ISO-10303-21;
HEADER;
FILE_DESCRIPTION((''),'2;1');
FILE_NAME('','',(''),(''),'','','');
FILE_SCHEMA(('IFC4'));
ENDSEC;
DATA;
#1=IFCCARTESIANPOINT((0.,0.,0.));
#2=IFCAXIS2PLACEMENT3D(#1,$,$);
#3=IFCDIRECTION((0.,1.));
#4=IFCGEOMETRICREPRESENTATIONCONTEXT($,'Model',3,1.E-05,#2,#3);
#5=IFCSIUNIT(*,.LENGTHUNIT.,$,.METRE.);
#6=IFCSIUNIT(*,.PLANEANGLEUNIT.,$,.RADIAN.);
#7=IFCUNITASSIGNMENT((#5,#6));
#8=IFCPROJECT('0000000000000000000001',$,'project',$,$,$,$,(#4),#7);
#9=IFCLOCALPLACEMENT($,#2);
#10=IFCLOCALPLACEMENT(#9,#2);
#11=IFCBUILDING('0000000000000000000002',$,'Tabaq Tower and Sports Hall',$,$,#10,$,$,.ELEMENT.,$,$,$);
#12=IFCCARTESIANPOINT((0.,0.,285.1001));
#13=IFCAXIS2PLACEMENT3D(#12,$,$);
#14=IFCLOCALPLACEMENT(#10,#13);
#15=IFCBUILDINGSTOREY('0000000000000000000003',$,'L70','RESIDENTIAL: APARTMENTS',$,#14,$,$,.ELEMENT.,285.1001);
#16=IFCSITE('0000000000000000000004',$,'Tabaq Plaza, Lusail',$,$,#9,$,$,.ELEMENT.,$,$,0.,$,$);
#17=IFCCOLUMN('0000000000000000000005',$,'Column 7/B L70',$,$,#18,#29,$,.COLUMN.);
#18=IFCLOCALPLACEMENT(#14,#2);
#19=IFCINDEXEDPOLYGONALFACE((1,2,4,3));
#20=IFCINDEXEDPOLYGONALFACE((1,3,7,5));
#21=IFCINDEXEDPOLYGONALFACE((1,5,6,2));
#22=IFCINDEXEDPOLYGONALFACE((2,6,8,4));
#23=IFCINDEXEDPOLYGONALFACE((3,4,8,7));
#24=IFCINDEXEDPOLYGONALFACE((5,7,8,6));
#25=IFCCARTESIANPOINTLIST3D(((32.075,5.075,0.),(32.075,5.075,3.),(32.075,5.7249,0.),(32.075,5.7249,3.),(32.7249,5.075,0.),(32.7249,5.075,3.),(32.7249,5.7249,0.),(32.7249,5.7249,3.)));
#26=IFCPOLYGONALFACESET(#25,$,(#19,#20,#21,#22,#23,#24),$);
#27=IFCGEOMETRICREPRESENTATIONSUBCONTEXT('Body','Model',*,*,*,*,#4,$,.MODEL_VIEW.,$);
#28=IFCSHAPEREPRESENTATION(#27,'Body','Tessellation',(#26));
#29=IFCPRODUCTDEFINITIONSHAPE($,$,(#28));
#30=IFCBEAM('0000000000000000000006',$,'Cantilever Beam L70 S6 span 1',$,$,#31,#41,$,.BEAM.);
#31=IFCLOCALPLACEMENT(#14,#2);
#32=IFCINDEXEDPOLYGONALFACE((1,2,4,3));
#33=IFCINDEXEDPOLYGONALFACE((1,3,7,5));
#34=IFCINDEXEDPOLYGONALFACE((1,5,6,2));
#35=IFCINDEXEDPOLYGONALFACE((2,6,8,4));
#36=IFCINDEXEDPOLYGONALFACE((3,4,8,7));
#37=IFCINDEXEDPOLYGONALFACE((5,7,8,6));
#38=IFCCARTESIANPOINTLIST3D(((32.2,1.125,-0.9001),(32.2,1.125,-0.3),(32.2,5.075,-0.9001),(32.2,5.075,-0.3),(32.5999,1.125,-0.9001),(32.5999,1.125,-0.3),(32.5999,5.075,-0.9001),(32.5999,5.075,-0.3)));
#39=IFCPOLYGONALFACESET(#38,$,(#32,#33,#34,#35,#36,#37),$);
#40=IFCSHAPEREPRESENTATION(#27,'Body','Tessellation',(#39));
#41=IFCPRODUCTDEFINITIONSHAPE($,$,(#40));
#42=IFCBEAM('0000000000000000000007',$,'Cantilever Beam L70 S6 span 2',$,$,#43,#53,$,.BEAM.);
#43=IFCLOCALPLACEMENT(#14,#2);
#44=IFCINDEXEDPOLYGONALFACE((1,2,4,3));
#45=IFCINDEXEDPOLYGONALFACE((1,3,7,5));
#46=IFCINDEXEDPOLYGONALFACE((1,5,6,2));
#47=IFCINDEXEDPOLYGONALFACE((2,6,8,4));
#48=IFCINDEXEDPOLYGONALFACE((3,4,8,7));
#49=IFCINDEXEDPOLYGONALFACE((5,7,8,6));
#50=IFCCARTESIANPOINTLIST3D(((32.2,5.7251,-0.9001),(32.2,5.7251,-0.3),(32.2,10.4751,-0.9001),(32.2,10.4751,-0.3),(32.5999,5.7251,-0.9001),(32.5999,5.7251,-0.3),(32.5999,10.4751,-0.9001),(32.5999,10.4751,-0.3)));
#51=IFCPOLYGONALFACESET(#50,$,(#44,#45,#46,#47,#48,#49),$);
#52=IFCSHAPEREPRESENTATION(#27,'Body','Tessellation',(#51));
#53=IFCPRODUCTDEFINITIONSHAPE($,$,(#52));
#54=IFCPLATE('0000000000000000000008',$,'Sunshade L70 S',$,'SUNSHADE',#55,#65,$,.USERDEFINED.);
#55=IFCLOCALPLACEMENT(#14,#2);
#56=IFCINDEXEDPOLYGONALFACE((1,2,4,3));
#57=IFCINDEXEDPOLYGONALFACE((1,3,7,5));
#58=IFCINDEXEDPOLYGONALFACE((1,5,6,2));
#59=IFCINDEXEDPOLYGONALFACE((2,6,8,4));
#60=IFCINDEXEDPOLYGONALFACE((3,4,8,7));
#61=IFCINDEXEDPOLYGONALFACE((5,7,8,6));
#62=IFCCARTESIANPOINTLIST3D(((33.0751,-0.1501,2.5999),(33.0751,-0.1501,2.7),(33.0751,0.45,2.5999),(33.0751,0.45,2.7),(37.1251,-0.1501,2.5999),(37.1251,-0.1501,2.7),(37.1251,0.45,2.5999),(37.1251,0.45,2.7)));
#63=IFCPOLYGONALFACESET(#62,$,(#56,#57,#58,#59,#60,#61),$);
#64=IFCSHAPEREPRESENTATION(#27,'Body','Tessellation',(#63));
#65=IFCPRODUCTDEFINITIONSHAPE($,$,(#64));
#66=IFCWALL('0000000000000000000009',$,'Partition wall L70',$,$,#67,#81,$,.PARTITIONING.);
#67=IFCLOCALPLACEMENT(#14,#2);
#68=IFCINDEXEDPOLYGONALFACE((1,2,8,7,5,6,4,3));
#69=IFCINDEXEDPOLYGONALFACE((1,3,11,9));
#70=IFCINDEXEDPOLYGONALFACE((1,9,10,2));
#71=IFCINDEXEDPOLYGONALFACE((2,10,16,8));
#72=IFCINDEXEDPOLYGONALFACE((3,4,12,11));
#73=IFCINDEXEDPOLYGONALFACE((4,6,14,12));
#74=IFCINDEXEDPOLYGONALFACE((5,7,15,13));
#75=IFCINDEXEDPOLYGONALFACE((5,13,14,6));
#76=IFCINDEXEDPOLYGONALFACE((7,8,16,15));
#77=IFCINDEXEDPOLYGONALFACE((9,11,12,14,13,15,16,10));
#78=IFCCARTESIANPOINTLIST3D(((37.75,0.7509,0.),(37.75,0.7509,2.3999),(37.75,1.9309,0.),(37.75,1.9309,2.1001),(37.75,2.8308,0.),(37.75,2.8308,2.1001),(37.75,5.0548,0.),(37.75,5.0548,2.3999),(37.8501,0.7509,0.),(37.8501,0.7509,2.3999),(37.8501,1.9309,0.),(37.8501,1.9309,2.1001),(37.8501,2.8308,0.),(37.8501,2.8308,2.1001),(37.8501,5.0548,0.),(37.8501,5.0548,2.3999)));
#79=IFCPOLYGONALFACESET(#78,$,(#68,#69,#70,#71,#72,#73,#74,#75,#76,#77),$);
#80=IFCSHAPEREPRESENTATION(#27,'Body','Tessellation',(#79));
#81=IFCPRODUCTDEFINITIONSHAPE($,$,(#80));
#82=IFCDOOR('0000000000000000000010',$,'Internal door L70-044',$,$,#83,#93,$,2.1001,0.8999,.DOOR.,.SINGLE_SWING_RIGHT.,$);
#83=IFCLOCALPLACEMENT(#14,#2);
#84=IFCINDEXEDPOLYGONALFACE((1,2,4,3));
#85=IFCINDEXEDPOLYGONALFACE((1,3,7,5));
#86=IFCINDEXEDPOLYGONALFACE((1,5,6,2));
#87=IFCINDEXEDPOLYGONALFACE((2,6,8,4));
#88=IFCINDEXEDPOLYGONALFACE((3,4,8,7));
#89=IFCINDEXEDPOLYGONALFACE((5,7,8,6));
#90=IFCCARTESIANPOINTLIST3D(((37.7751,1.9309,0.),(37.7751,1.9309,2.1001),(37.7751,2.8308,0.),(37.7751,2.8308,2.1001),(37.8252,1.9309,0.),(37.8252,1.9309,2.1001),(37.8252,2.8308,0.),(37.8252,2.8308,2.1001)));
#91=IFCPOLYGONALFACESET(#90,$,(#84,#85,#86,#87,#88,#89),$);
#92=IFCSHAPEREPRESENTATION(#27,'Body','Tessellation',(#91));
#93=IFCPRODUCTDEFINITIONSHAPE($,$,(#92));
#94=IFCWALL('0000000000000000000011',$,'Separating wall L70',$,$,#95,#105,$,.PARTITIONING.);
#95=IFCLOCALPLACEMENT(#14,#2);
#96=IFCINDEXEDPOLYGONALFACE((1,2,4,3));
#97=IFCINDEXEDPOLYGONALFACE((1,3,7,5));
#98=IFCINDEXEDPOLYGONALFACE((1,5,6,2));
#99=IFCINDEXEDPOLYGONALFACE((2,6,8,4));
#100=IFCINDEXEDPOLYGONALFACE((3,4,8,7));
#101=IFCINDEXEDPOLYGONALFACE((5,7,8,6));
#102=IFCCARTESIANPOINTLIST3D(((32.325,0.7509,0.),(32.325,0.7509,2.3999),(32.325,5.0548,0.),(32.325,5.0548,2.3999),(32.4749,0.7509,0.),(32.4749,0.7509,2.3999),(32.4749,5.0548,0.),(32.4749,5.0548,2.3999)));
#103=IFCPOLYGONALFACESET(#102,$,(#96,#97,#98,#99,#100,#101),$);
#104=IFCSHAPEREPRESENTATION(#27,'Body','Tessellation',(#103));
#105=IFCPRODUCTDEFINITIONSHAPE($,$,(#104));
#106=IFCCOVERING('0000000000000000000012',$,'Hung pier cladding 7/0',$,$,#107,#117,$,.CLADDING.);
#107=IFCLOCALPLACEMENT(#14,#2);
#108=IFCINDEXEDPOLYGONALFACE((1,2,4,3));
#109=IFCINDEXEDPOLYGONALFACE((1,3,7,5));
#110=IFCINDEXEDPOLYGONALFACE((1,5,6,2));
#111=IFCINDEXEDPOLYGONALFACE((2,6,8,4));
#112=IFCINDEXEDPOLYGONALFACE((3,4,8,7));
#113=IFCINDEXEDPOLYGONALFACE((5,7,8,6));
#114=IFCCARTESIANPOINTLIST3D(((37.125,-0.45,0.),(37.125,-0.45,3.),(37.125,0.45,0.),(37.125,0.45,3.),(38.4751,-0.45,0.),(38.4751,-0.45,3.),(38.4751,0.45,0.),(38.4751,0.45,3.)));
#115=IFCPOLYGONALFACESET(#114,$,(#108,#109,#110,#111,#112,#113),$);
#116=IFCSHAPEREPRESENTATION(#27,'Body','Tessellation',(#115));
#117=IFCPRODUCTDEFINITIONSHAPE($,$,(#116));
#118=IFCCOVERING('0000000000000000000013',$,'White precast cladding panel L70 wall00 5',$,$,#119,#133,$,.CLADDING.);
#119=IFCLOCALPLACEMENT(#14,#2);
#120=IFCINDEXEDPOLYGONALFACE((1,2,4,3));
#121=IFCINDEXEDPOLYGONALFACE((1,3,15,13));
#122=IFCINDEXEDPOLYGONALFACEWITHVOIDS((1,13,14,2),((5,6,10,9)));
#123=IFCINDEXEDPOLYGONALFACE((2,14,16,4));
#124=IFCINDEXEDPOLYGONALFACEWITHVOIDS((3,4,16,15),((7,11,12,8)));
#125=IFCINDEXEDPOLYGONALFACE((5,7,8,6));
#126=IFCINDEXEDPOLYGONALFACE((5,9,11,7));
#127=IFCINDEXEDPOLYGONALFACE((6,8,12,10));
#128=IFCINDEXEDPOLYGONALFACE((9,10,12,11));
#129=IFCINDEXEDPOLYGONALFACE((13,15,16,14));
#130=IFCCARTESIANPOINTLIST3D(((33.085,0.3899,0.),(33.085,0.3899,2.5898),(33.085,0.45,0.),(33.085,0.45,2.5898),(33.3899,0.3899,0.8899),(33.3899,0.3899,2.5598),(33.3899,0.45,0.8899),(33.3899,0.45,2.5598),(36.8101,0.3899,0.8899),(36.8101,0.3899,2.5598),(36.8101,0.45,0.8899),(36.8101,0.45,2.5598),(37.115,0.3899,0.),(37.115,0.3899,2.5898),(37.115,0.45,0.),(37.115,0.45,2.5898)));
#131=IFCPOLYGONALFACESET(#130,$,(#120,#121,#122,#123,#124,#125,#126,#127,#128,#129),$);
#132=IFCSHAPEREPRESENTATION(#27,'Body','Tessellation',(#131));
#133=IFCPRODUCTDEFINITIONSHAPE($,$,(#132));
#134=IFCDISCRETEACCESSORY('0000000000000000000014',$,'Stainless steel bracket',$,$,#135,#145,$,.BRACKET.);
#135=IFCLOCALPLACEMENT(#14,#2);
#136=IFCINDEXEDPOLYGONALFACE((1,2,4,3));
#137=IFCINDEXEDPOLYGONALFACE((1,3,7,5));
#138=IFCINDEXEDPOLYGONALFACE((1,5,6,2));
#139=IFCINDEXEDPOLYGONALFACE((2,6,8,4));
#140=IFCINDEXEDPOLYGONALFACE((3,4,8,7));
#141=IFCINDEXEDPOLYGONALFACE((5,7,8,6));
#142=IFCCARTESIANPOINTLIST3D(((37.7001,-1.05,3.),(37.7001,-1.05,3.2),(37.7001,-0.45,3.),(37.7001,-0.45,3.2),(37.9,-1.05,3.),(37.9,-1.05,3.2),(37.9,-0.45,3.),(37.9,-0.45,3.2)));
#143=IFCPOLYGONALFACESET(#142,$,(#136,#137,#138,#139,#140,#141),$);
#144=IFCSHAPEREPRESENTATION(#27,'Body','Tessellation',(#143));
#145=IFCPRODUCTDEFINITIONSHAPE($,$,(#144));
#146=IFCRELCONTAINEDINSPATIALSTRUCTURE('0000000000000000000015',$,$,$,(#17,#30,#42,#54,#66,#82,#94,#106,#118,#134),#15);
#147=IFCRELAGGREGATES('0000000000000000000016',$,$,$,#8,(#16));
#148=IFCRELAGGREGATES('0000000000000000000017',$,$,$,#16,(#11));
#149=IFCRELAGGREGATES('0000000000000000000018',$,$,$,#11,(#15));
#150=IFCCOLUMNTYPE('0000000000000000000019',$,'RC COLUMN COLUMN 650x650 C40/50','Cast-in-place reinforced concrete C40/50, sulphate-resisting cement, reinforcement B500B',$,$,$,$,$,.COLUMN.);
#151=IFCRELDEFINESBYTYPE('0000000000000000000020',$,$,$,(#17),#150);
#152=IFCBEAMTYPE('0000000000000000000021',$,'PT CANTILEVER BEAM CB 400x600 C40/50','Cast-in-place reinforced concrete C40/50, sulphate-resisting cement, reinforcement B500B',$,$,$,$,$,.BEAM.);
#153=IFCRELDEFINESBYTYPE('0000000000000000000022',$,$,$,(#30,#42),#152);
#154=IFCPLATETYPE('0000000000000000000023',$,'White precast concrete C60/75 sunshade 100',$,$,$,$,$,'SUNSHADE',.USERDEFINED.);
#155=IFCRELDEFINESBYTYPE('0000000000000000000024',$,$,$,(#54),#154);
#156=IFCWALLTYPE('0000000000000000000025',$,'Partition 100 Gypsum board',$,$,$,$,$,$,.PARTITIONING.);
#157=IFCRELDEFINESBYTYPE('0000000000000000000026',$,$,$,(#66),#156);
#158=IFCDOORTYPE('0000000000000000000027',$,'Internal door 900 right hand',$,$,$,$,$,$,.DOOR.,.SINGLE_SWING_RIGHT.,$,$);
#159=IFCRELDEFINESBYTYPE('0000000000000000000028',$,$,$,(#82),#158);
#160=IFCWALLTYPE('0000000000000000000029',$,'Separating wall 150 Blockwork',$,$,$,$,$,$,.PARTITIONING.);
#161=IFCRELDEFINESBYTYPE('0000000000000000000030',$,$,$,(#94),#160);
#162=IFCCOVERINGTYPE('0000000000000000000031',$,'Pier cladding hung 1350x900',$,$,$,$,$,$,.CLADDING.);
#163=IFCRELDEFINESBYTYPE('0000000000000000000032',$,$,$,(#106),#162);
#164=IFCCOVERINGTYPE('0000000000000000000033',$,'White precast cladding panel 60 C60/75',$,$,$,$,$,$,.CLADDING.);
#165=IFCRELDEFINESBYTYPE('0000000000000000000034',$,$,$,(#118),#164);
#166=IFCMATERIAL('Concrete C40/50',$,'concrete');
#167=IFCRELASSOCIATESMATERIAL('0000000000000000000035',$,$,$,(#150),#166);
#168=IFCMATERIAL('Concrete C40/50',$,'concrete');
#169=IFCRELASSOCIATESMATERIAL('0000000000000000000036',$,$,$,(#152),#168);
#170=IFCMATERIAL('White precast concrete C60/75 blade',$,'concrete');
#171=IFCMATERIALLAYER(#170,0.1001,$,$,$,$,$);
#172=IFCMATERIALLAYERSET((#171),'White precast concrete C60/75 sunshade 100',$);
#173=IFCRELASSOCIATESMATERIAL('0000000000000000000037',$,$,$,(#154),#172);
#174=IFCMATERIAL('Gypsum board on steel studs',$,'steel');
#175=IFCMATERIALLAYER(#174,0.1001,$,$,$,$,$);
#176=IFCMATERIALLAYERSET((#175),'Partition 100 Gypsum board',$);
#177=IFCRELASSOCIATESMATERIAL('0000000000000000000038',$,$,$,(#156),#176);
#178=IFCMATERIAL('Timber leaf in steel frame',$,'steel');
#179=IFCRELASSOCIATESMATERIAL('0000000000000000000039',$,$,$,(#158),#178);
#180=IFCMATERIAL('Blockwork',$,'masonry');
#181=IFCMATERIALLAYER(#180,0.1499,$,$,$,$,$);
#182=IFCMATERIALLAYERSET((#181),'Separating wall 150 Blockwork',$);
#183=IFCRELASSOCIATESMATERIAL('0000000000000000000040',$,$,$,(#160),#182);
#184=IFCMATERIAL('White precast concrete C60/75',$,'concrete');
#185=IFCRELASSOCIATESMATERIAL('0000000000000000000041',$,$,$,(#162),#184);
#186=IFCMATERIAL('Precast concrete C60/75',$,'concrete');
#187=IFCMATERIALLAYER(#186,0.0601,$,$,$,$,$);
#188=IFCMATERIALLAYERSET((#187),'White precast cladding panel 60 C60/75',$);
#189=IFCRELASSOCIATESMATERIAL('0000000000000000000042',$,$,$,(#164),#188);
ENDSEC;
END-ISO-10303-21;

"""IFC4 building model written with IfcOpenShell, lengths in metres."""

from ifc_helpers import new_model, si_unit, direction, frame, frame_2d, origin, origin_2d, place, context, subcontext, project, spatial, polyline, rectangle, outline, extrude, material, layer, layer_set, material_profile, profile_set, type_object, element, fill, save


model = new_model("IFC4")

# Units and contexts
model_context = context("Model", 3, precision=1e-05, world=origin(), true_north=direction((0.0, 1.0)))
body_context = subcontext(model_context, "Body", "Model", "MODEL_VIEW")
ifc_project = project(units=[si_unit("LENGTHUNIT", "METRE"), si_unit("PLANEANGLEUNIT", "RADIAN")], contexts=[model_context])

# Site, building, storey
site_placement = place(None, origin())
site = spatial("IfcSite", under=ifc_project, at=site_placement, Name="Tabaq Plaza, Lusail", CompositionType="ELEMENT", RefElevation=0.0)
building_placement = place(site_placement, origin())
building = spatial("IfcBuilding", under=site, at=building_placement, Name="Tabaq Tower and Sports Hall", CompositionType="ELEMENT")
storey_placement = place(building_placement, frame((0.0, 0.0, 285.1001)))
storey = spatial("IfcBuildingStorey", under=building, at=storey_placement, Name="L70", Description="RESIDENTIAL: APARTMENTS", CompositionType="ELEMENT", Elevation=285.1001)

# Column
ifc_material_1 = material(Name="Concrete C40/50", Category="concrete")
ifc_material_profile_1 = material_profile(ifc_material_1, rectangle(XDim=0.6499, YDim=0.6499, at=origin_2d()), Name="COLUMN 650x650")
ifc_profile_set_1 = profile_set([ifc_material_profile_1], Name="Concrete C40/50")
column_type = type_object("IfcColumnType", Name="RC COLUMN COLUMN 650x650 C40/50", Description="Cast-in-place reinforced concrete C40/50, sulphate-resisting cement, reinforcement B500B", PredefinedType="COLUMN", material=ifc_profile_set_1)
column_placement = place(storey_placement, frame((32.3999, 5.3999, 0.0), z_axis=(0.0, 0.0, 1.0), x_axis=(1.0, 0.0, 0.0)))
element("IfcColumn", 1, at=column_placement, inside=storey, type_object=column_type, Name="Column 7/B L70", PredefinedType="COLUMN", context=body_context, shape_type="SweptSolid", body=[
    extrude(rectangle(XDim=0.6499, YDim=0.6499, at=origin_2d()), origin(), (0.0, 0.0, 1.0), 3.0),
])

# Beams
ifc_material_2 = material(Name="Concrete C40/50", Category="concrete")
ifc_material_profile_2 = material_profile(ifc_material_2, rectangle(XDim=0.3999, YDim=0.6001, at=origin_2d()), Name="CB 400x600")
ifc_profile_set_2 = profile_set([ifc_material_profile_2], Name="Concrete C40/50")
beam_type = type_object("IfcBeamType", Name="PT CANTILEVER BEAM CB 400x600 C40/50", Description="Cast-in-place reinforced concrete C40/50, sulphate-resisting cement, reinforcement B500B", PredefinedType="BEAM", material=ifc_profile_set_2)
beam_1_placement = place(storey_placement, frame((32.3999, 1.125, -0.6001), z_axis=(0.0, 1.0, 0.0), x_axis=(-1.0, 0.0, 0.0)))
element("IfcBeam", 2, at=beam_1_placement, inside=storey, type_object=beam_type, Name="Cantilever Beam L70 S6 span 1", PredefinedType="BEAM", context=body_context, shape_type="SweptSolid", body=[
    extrude(rectangle(XDim=0.3999, YDim=0.6001, at=origin_2d()), origin(), (0.0, 0.0, 1.0), 3.95),
])
beam_2_placement = place(storey_placement, frame((32.3999, 5.7251, -0.6001), z_axis=(0.0, 1.0, 0.0), x_axis=(-1.0, 0.0, 0.0)))
element("IfcBeam", 3, at=beam_2_placement, inside=storey, type_object=beam_type, Name="Cantilever Beam L70 S6 span 2", PredefinedType="BEAM", context=body_context, shape_type="SweptSolid", body=[
    extrude(rectangle(XDim=0.3999, YDim=0.6001, at=origin_2d()), origin(), (0.0, 0.0, 1.0), 4.75),
])

# Plate
ifc_material_3 = material(Name="White precast concrete C60/75 blade", Category="concrete")
ifc_layer_1 = layer(ifc_material_3, 0.1001)
ifc_layer_set_1 = layer_set([ifc_layer_1], Name="White precast concrete C60/75 sunshade 100")
plate_type = type_object("IfcPlateType", Name="White precast concrete C60/75 sunshade 100", ElementType="SUNSHADE", PredefinedType="USERDEFINED", material=ifc_layer_set_1)
plate_placement = place(storey_placement, frame((35.1001, 0.1499, 2.5999), z_axis=(0.0, 0.0, 1.0), x_axis=(1.0, 0.0, 0.0)))
element("IfcPlate", 4, at=plate_placement, inside=storey, type_object=plate_type, Name="Sunshade L70 S", ObjectType="SUNSHADE", PredefinedType="USERDEFINED", context=body_context, shape_type="SweptSolid", body=[
    extrude(rectangle(XDim=4.05, YDim=0.6001, at=origin_2d()), origin(), (0.0, 0.0, 1.0), 0.1001),
])

# Shared definitions
ifc_material_4 = material(Name="Gypsum board on steel studs", Category="steel")
ifc_layer_2 = layer(ifc_material_4, 0.1001)
ifc_layer_set_2 = layer_set([ifc_layer_2], Name="Partition 100 Gypsum board")
wall_type_1 = type_object("IfcWallType", Name="Partition 100 Gypsum board", PredefinedType="PARTITIONING", material=ifc_layer_set_2)
ifc_material_5 = material(Name="Timber leaf in steel frame", Category="steel")
door_type_1 = type_object("IfcDoorType", Name="Internal door 900 right hand", OperationType="SINGLE_SWING_RIGHT", PredefinedType="DOOR", material=ifc_material_5)

# Wall, opening, door
wall_1_placement = place(storey_placement, frame((37.8, 0.751, 0.0), z_axis=(0.0, 0.0, 1.0), x_axis=(0.0, 1.0, 0.0)))
wall_1 = element("IfcWall", 5, at=wall_1_placement, inside=storey, type_object=wall_type_1, Name="Partition wall L70", PredefinedType="PARTITIONING", context=body_context, shape_type="SweptSolid", body=[
    extrude(rectangle(XDim=4.304, YDim=0.1001, at=frame_2d((2.1519, 0.0))), origin(), (0.0, 0.0, 1.0), 2.3999),
])
opening_1_placement = place(wall_1_placement, frame((1.1799, 0.0, 0.0)))
opening_1 = element("IfcOpeningElement", 6, at=opening_1_placement, cuts=wall_1, PredefinedType="OPENING", context=body_context, shape_type="SweptSolid", body=[
    extrude(rectangle(XDim=0.8999, YDim=2.1001, at=frame_2d((0.45, 1.05))), frame((0.0, 0.05, 0.0), z_axis=(0.0, -1.0, 0.0), x_axis=(1.0, 0.0, 0.0)), (0.0, 0.0, 1.0), 0.1001),
])
door_1_placement = place(opening_1_placement, origin())
door_1 = element("IfcDoor", 7, at=door_1_placement, inside=storey, type_object=door_type_1, Name="Internal door L70-044", OperationType="SINGLE_SWING_RIGHT", OverallHeight=2.1001, OverallWidth=0.8999, PredefinedType="DOOR", context=body_context, shape_type="SweptSolid", body=[
    extrude(rectangle(XDim=0.8999, YDim=2.1001, at=frame_2d((0.45, 1.05))), frame((0.0, 0.0249, 0.0), z_axis=(0.0, -1.0, 0.0), x_axis=(1.0, 0.0, 0.0)), (0.0, 0.0, 1.0), 0.05),
])
fill(opening_1, door_1)

# Wall
ifc_material_6 = material(Name="Blockwork", Category="masonry")
ifc_layer_3 = layer(ifc_material_6, 0.1499)
ifc_layer_set_3 = layer_set([ifc_layer_3], Name="Separating wall 150 Blockwork")
wall_type_2 = type_object("IfcWallType", Name="Separating wall 150 Blockwork", PredefinedType="PARTITIONING", material=ifc_layer_set_3)
wall_2_placement = place(storey_placement, frame((32.3999, 0.751, 0.0), z_axis=(0.0, 0.0, 1.0), x_axis=(0.0, 1.0, 0.0)))
element("IfcWall", 8, at=wall_2_placement, inside=storey, type_object=wall_type_2, Name="Separating wall L70", PredefinedType="PARTITIONING", context=body_context, shape_type="SweptSolid", body=[
    extrude(rectangle(XDim=4.304, YDim=0.1499, at=frame_2d((2.1519, 0.0))), origin(), (0.0, 0.0, 1.0), 2.3999),
])

# Coverings
ifc_material_7 = material(Name="White precast concrete C60/75", Category="concrete")
covering_type_1 = type_object("IfcCoveringType", Name="Pier cladding hung 1350x900", PredefinedType="CLADDING", material=ifc_material_7)
covering_1_placement = place(storey_placement, frame((37.125, 0.0, 0.0), z_axis=(0.0, 0.0, 1.0), x_axis=(1.0, 0.0, 0.0)))
element("IfcCovering", 9, at=covering_1_placement, inside=storey, type_object=covering_type_1, Name="Hung pier cladding 7/0", PredefinedType="CLADDING", context=body_context, shape_type="SweptSolid", body=[
    extrude(rectangle(XDim=1.3501, YDim=0.8999, at=frame_2d((0.675, 0.0))), origin(), (0.0, 0.0, 1.0), 3.0),
])
ifc_material_8 = material(Name="Precast concrete C60/75", Category="concrete")
ifc_layer_4 = layer(ifc_material_8, 0.0601)
ifc_layer_set_4 = layer_set([ifc_layer_4], Name="White precast cladding panel 60 C60/75")
covering_type_2 = type_object("IfcCoveringType", Name="White precast cladding panel 60 C60/75", PredefinedType="CLADDING", material=ifc_layer_set_4)
covering_2_placement = place(storey_placement, frame((33.085, 0.4199, 0.0), z_axis=(0.0, 0.0, 1.0), x_axis=(1.0, 0.0, 0.0)))
element("IfcCovering", 10, at=covering_2_placement, inside=storey, type_object=covering_type_2, Name="White precast cladding panel L70 wall00 5", PredefinedType="CLADDING", context=body_context, shape_type="SweptSolid", body=[
    extrude(outline(polyline([(0.0, 0.0), (4.03, 0.0), (4.03, 2.5898), (0.0, 2.5898), (0.0, 0.0)]), holes=[polyline([(3.7251, 0.8899), (0.3049, 0.8899), (0.3049, 2.5598), (3.7251, 2.5598), (3.7251, 0.8899)])]), frame((0.0, 0.03, 0.0), z_axis=(0.0, -1.0, 0.0), x_axis=(1.0, 0.0, 0.0)), (0.0, 0.0, 1.0), 0.0601),
])

# Discrete accessory
discrete_accessory_placement = place(storey_placement, frame((37.8, -0.75, 3.0), z_axis=(0.0, 0.0, 1.0), x_axis=(0.0, -1.0, 0.0)))
element("IfcDiscreteAccessory", 11, at=discrete_accessory_placement, inside=storey, Name="Stainless steel bracket", PredefinedType="BRACKET", context=body_context, shape_type="SweptSolid", body=[
    extrude(rectangle(XDim=0.6001, YDim=0.2, at=origin_2d()), origin(), (0.0, 0.0, 1.0), 0.2),
])

save(model, "model.ifc")
